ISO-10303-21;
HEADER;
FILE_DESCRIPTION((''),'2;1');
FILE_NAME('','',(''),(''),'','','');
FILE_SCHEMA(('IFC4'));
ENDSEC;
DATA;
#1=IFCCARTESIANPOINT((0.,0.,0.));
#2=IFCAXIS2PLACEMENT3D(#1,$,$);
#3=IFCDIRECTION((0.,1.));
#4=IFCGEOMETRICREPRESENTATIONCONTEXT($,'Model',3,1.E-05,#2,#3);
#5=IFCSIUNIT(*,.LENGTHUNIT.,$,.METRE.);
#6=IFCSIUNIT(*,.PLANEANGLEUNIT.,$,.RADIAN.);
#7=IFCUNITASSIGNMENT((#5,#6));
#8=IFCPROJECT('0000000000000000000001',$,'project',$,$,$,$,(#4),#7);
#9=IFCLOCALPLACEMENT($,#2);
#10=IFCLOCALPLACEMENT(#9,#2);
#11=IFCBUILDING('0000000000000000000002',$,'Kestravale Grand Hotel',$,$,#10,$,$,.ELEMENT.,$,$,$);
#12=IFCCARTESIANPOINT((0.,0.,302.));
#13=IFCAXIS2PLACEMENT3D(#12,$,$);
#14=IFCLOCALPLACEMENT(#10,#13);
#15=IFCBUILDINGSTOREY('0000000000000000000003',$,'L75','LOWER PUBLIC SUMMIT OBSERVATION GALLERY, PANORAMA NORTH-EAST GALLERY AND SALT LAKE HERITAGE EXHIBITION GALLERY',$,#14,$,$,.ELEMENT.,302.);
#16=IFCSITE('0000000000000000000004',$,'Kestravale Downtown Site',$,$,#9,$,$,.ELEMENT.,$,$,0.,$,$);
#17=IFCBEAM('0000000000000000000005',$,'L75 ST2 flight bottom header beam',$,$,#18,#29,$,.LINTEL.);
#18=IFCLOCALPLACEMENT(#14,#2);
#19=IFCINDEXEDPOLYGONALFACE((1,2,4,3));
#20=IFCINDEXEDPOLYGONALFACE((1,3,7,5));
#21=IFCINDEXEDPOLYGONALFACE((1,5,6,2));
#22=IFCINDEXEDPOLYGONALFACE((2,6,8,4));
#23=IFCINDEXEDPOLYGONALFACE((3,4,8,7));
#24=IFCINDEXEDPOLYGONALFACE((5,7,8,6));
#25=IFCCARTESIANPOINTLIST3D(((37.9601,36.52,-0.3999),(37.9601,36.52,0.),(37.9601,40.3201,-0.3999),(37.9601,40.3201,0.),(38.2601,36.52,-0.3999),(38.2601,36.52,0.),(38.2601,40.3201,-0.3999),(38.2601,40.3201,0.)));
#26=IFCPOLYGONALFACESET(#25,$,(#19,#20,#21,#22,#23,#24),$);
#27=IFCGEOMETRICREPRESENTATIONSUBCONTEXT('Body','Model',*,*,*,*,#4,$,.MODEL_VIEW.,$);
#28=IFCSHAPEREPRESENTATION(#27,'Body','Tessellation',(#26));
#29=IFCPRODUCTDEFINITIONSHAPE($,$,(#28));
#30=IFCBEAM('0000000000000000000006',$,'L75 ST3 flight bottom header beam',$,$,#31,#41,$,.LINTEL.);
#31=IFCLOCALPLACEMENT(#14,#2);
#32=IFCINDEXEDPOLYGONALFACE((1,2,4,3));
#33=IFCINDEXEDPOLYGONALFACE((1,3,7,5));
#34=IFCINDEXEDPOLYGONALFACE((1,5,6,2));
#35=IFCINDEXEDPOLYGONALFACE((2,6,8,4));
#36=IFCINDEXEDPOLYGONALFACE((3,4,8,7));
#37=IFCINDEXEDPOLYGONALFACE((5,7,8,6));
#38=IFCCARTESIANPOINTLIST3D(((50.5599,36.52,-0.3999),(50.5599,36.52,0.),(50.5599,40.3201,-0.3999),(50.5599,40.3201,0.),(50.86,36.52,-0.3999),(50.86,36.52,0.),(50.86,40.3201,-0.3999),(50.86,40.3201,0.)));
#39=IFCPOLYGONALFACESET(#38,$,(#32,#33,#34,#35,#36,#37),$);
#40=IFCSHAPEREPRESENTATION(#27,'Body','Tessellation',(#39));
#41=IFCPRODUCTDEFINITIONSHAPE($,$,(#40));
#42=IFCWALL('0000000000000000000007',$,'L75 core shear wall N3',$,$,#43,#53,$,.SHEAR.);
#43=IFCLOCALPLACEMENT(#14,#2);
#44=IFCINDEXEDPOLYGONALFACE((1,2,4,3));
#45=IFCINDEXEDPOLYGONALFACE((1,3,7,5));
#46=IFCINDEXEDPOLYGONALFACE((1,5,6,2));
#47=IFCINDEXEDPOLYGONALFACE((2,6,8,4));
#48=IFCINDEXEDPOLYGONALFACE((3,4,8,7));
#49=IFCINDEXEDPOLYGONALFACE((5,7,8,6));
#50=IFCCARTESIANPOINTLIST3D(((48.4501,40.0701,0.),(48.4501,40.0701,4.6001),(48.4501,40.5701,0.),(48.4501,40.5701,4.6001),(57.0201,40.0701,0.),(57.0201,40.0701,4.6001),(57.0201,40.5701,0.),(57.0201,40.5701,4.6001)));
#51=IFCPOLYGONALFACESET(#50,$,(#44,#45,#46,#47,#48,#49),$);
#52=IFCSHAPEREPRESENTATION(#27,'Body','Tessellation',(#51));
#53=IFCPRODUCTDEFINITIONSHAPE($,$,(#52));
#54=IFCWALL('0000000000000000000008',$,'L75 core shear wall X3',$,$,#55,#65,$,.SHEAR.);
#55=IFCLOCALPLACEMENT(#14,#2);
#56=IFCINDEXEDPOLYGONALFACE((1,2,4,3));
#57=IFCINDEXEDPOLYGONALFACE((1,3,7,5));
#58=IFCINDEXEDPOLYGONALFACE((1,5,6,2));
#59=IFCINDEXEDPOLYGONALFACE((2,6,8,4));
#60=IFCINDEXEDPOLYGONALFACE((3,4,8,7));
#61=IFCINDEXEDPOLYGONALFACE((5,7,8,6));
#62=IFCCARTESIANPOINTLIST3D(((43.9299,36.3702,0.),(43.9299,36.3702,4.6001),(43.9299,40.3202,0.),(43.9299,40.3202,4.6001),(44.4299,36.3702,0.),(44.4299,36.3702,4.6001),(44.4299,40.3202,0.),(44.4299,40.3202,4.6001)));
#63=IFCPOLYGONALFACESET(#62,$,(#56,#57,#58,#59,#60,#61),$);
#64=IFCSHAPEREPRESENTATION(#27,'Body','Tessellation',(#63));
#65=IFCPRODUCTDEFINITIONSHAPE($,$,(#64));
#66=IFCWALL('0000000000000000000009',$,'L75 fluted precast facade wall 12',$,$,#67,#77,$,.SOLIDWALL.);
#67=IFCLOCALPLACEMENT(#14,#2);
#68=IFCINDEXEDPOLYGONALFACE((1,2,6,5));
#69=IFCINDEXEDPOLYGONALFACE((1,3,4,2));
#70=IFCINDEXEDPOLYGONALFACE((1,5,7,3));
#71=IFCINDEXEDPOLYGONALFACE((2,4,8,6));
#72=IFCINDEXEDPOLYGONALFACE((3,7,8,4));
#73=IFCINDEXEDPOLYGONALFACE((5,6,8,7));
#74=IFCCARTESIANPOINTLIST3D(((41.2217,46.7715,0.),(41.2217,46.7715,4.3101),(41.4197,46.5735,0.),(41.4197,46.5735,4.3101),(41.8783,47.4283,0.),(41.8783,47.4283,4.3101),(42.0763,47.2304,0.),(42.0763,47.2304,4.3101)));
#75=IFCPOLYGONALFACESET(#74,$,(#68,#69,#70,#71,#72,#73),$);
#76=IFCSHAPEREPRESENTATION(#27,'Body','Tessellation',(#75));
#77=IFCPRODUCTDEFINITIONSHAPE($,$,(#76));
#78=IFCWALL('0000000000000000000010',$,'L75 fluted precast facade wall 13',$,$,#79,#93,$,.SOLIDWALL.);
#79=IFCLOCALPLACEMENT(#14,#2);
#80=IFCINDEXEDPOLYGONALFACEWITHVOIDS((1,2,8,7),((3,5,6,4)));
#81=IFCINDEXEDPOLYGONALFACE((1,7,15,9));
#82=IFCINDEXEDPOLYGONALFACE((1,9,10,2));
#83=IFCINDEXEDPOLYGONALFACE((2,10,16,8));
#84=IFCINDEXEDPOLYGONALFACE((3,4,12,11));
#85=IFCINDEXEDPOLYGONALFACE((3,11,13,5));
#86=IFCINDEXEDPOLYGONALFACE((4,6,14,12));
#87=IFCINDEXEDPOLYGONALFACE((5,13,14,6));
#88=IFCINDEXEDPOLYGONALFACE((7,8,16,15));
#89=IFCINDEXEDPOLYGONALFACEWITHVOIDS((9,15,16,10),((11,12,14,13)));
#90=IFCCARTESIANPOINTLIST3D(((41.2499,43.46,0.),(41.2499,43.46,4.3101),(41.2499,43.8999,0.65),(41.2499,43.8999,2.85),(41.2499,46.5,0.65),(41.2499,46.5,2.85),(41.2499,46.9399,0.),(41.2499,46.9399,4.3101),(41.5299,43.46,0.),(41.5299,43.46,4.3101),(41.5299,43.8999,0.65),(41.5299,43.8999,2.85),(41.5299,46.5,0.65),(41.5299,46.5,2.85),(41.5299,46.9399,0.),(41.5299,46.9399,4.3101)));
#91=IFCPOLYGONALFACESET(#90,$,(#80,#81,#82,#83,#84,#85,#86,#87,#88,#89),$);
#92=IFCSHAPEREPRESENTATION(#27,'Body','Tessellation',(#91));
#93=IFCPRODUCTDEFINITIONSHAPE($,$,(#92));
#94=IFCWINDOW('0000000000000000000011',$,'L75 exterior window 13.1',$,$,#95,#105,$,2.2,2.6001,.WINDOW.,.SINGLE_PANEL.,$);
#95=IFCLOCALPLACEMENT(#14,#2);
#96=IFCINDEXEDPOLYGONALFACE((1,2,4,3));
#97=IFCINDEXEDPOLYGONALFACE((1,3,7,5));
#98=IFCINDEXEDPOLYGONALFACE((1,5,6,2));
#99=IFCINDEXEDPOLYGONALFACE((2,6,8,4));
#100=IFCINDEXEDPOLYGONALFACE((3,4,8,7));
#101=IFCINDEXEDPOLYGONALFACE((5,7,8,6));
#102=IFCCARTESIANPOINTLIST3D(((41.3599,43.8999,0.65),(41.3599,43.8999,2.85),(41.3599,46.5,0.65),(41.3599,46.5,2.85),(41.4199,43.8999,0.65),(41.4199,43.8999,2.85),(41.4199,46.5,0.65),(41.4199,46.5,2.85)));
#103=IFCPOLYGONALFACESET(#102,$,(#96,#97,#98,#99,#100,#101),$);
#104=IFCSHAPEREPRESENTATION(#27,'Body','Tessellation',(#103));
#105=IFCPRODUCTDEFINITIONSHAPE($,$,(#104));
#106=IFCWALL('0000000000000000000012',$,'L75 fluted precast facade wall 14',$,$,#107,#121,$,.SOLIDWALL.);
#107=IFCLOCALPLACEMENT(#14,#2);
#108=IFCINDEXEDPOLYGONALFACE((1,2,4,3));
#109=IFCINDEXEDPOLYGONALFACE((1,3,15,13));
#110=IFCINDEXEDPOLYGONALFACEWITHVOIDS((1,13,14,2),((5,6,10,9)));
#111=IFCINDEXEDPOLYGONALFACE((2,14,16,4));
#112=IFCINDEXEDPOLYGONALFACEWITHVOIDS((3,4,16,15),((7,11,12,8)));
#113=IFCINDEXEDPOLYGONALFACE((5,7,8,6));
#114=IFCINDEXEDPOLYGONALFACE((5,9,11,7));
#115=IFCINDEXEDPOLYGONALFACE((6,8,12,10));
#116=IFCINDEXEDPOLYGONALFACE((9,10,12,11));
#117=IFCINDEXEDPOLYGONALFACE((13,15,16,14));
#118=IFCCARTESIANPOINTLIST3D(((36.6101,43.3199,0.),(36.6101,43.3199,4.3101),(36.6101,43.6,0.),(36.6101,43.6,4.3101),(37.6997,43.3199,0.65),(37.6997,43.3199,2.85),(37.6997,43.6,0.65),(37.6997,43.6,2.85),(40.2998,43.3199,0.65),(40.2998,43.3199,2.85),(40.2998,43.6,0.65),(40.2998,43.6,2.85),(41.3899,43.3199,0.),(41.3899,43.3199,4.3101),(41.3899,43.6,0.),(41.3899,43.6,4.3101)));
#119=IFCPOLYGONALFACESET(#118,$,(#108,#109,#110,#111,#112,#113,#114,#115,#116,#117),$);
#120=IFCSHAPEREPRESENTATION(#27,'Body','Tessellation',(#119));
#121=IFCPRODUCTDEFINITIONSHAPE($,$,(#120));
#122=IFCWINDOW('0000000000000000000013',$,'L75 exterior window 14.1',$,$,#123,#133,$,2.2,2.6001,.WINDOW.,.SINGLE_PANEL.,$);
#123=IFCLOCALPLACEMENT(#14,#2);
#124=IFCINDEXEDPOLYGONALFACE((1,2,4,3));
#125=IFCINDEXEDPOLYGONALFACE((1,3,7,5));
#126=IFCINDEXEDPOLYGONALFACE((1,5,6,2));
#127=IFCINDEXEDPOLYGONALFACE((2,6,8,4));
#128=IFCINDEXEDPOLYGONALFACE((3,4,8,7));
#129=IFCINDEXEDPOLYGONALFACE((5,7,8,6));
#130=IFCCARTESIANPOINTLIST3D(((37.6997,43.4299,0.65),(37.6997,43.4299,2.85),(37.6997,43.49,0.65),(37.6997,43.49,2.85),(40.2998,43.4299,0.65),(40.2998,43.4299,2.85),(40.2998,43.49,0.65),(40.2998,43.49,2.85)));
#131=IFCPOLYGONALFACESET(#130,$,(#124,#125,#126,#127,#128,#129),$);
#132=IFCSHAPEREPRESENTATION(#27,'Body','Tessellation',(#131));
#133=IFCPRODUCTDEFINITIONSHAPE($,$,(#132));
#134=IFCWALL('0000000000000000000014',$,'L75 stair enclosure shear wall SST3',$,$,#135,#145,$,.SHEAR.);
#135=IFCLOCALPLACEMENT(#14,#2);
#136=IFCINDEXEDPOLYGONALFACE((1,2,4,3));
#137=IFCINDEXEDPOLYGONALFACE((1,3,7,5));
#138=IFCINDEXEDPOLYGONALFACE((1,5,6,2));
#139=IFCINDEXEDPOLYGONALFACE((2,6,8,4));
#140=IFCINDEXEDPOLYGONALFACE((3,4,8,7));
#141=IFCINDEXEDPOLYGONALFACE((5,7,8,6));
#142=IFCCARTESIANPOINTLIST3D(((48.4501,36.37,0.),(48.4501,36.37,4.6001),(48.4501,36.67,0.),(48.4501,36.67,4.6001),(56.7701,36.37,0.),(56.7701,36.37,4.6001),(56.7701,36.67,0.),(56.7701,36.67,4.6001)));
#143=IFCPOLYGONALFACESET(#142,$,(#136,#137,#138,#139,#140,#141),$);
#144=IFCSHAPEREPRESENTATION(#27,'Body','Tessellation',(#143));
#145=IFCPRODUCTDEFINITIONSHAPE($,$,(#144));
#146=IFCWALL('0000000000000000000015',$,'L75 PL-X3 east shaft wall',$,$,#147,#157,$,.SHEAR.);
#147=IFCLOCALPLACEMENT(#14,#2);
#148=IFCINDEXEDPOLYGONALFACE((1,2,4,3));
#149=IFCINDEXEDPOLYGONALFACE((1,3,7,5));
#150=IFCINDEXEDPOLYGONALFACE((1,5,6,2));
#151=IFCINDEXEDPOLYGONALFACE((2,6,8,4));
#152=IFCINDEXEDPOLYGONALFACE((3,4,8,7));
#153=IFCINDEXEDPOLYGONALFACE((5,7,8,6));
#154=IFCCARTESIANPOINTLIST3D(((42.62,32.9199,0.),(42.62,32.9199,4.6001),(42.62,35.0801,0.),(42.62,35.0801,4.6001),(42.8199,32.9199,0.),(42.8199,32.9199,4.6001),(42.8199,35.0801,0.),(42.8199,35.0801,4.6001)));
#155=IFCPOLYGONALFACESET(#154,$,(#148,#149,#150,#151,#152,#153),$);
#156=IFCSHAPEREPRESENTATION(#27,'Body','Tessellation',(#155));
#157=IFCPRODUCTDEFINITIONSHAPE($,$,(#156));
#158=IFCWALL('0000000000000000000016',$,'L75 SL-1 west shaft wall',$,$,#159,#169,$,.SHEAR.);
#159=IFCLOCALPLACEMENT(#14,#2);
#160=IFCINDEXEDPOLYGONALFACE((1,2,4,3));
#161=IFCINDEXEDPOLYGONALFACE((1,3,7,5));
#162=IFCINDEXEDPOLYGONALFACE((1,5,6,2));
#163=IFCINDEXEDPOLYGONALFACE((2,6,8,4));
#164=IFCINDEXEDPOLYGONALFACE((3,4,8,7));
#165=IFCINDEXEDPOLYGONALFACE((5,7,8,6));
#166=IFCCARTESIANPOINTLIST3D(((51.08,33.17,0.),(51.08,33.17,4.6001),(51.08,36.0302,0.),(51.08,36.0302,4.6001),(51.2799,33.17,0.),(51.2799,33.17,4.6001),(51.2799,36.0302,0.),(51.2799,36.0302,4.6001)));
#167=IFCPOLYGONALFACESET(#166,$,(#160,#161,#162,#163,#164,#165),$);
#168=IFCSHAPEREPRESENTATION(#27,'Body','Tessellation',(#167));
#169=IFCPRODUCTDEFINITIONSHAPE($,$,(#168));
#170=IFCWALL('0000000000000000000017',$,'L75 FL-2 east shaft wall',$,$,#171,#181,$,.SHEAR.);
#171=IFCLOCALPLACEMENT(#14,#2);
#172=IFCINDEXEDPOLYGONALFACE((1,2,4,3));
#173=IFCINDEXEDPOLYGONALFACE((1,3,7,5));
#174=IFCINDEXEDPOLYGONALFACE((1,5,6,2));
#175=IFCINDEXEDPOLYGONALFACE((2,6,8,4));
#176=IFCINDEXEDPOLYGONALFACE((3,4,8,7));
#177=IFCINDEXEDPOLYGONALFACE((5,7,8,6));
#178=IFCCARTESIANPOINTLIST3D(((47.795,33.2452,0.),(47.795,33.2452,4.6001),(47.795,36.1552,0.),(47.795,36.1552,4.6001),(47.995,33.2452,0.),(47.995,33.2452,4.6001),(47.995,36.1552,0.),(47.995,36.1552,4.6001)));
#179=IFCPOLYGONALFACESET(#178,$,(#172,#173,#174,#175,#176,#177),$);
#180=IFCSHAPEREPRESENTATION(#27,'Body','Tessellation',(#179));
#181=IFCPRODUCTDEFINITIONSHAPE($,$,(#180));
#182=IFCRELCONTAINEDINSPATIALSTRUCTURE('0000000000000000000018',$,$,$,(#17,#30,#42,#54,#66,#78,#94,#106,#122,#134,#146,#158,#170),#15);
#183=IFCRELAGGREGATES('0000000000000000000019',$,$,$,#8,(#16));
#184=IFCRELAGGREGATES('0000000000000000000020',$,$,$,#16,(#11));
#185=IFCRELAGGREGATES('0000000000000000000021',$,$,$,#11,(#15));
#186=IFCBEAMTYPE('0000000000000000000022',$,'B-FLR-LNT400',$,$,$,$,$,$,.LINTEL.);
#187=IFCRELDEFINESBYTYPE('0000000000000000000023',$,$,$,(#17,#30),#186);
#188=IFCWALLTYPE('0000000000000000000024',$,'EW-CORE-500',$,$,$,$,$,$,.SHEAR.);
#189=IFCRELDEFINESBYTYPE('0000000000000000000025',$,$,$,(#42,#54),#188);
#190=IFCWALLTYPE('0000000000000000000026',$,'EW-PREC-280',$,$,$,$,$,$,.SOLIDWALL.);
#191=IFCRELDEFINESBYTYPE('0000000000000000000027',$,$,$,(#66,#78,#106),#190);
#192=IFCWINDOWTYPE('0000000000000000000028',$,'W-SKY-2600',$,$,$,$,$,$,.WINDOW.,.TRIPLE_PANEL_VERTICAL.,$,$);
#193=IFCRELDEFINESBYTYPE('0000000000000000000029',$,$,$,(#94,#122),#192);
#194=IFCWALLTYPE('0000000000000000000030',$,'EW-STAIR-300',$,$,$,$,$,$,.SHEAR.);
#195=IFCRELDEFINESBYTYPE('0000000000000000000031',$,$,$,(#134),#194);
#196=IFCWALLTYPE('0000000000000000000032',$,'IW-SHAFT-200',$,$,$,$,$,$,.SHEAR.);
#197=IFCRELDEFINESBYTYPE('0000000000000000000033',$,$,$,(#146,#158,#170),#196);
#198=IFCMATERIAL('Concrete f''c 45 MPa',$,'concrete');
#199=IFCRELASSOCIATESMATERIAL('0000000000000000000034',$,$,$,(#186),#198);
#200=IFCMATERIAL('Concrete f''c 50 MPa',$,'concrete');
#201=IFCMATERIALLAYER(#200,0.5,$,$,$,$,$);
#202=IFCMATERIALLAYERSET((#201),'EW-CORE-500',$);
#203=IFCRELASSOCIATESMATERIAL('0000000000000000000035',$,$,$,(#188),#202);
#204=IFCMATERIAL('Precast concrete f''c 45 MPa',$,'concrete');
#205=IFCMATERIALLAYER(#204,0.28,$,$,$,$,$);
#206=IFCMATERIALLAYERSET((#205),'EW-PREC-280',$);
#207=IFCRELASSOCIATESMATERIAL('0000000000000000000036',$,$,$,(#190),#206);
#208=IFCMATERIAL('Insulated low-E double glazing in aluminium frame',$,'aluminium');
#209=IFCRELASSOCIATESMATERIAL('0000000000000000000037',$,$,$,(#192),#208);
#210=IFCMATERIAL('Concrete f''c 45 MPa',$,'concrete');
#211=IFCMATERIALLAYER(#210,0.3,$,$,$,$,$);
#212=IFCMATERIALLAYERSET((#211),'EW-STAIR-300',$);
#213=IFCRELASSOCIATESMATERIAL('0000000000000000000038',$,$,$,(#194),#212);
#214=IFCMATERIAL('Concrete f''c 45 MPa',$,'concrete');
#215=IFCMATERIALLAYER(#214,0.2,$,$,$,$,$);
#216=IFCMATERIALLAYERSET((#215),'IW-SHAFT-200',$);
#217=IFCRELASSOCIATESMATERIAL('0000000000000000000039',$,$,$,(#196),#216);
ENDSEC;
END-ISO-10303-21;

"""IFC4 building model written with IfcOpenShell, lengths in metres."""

from ifc_helpers import new_model, si_unit, direction, frame, frame_2d, origin, origin_2d, place, context, subcontext, project, spatial, rectangle, extrude, material, layer, layer_set, material_profile, profile_set, type_object, element, fill, save


model = new_model("IFC4")

# Units and contexts
model_context = context("Model", 3, precision=1e-05, world=origin(), true_north=direction((0.0, 1.0)))
body_context = subcontext(model_context, "Body", "Model", "MODEL_VIEW")
ifc_project = project(units=[si_unit("LENGTHUNIT", "METRE"), si_unit("PLANEANGLEUNIT", "RADIAN")], contexts=[model_context])

# Site, building, storey
site_placement = place(None, origin())
site = spatial("IfcSite", under=ifc_project, at=site_placement, Name="Kestravale Downtown Site", CompositionType="ELEMENT", RefElevation=0.0)
building_placement = place(site_placement, origin())
building = spatial("IfcBuilding", under=site, at=building_placement, Name="Kestravale Grand Hotel", CompositionType="ELEMENT")
storey_placement = place(building_placement, frame((0.0, 0.0, 302.0)))
storey = spatial("IfcBuildingStorey", under=building, at=storey_placement, Name="L75", Description="LOWER PUBLIC SUMMIT OBSERVATION GALLERY, PANORAMA NORTH-EAST GALLERY AND SALT LAKE HERITAGE EXHIBITION GALLERY", CompositionType="ELEMENT", Elevation=302.0)

# Beams
ifc_material_1 = material(Name="Concrete f'c 45 MPa", Category="concrete")
ifc_material_profile = material_profile(ifc_material_1, rectangle(XDim=0.3, YDim=0.3999, at=origin_2d()))
ifc_profile_set = profile_set([ifc_material_profile], Name="Concrete f'c 45 MPa")
beam_type = type_object("IfcBeamType", Name="B-FLR-LNT400", PredefinedType="LINTEL", material=ifc_profile_set)
for number, where, z_axis, x_axis, name in (
    (1, (38.1101, 36.52, -0.2), (0.0, 1.0, 0.0), (-1.0, 0.0, 0.0), "L75 ST2 flight bottom header beam"),
    (2, (50.71, 36.52, -0.2), (0.0, 1.0, 0.0), (-1.0, 0.0, 0.0), "L75 ST3 flight bottom header beam"),
):
    element("IfcBeam", number, at=place(storey_placement, frame(where, z_axis=z_axis, x_axis=x_axis)), inside=storey, type_object=beam_type, Name=name, PredefinedType="LINTEL", context=body_context, shape_type="SweptSolid", body=[
        extrude(rectangle(XDim=0.3, YDim=0.3999, at=origin_2d()), origin(), (0.0, 0.0, 1.0), 3.8),
    ])

# Walls
ifc_material_2 = material(Name="Concrete f'c 50 MPa", Category="concrete")
ifc_layer_1 = layer(ifc_material_2, 0.5)
ifc_layer_set_1 = layer_set([ifc_layer_1], Name="EW-CORE-500")
wall_type_1 = type_object("IfcWallType", Name="EW-CORE-500", PredefinedType="SHEAR", material=ifc_layer_set_1)
wall_1_placement = place(storey_placement, frame((48.45, 40.3201, 0.0), z_axis=(0.0, 0.0, 1.0), x_axis=(1.0, 0.0, 0.0)))
element("IfcWall", 3, at=wall_1_placement, inside=storey, type_object=wall_type_1, Name="L75 core shear wall N3", PredefinedType="SHEAR", context=body_context, shape_type="SweptSolid", body=[
    extrude(rectangle(XDim=8.5701, YDim=0.5, at=frame_2d((4.2852, 0.0))), origin(), (0.0, 0.0, 1.0), 4.6001),
])
wall_2_placement = place(storey_placement, frame((44.1799, 36.3701, 0.0), z_axis=(0.0, 0.0, 1.0), x_axis=(0.0, 1.0, 0.0)))
element("IfcWall", 4, at=wall_2_placement, inside=storey, type_object=wall_type_1, Name="L75 core shear wall X3", PredefinedType="SHEAR", context=body_context, shape_type="SweptSolid", body=[
    extrude(rectangle(XDim=3.95, YDim=0.5, at=frame_2d((1.9751, 0.0))), origin(), (0.0, 0.0, 1.0), 4.6001),
])
ifc_material_3 = material(Name="Precast concrete f'c 45 MPa", Category="concrete")
ifc_layer_2 = layer(ifc_material_3, 0.28)
ifc_layer_set_2 = layer_set([ifc_layer_2], Name="EW-PREC-280")
wall_type_2 = type_object("IfcWallType", Name="EW-PREC-280", PredefinedType="SOLIDWALL", material=ifc_layer_set_2)
wall_3_placement = place(storey_placement, frame((41.9773, 47.3293, 0.0), z_axis=(0.0, 0.0, 1.0), x_axis=(-0.706975, -0.707238, 0.0)))
element("IfcWall", 5, at=wall_3_placement, inside=storey, type_object=wall_type_2, Name="L75 fluted precast facade wall 12", PredefinedType="SOLIDWALL", context=body_context, shape_type="SweptSolid", body=[
    extrude(rectangle(XDim=0.9287, YDim=0.28, at=frame_2d((0.4644, 0.0))), origin(), (0.0, 0.0, 1.0), 4.3101),
])

# Walls, openings, windows
wall_4_placement = place(storey_placement, frame((41.3899, 46.9399, 0.0), z_axis=(0.0, 0.0, 1.0), x_axis=(0.0, -1.0, 0.0)))
wall_4 = element("IfcWall", 6, at=wall_4_placement, inside=storey, type_object=wall_type_2, Name="L75 fluted precast facade wall 13", PredefinedType="SOLIDWALL", context=body_context, shape_type="SweptSolid", body=[
    extrude(rectangle(XDim=3.48, YDim=0.28, at=frame_2d((1.74, 0.0))), origin(), (0.0, 0.0, 1.0), 4.3101),
])
opening_1_placement = place(wall_4_placement, frame((0.4399, 0.0, 0.6499)))
opening_1 = element("IfcOpeningElement", 7, at=opening_1_placement, cuts=wall_4, PredefinedType="OPENING", context=body_context, shape_type="SweptSolid", body=[
    extrude(rectangle(XDim=2.6001, YDim=2.2, at=frame_2d((1.3, 1.1001))), frame((0.0, 0.1499, 0.0), z_axis=(0.0, -1.0, 0.0), x_axis=(1.0, 0.0, 0.0)), (0.0, 0.0, 1.0), 0.3),
])
ifc_material_4 = material(Name="Insulated low-E double glazing in aluminium frame", Category="aluminium")
window_type = type_object("IfcWindowType", Name="W-SKY-2600", PartitioningType="TRIPLE_PANEL_VERTICAL", PredefinedType="WINDOW", material=ifc_material_4)
window_1_placement = place(opening_1_placement, origin())
window_1 = element("IfcWindow", 8, at=window_1_placement, inside=storey, type_object=window_type, Name="L75 exterior window 13.1", OverallHeight=2.2, OverallWidth=2.6001, PartitioningType="SINGLE_PANEL", PredefinedType="WINDOW", context=body_context, shape_type="SweptSolid", body=[
    extrude(rectangle(XDim=2.6001, YDim=2.2, at=frame_2d((1.3, 1.1001))), frame((0.0, 0.03, 0.0), z_axis=(0.0, -1.0, 0.0), x_axis=(1.0, 0.0, 0.0)), (0.0, 0.0, 1.0), 0.0601),
])
fill(opening_1, window_1)
wall_5_placement = place(storey_placement, frame((41.3899, 43.46, 0.0), z_axis=(0.0, 0.0, 1.0), x_axis=(-1.0, 0.0, 0.0)))
wall_5 = element("IfcWall", 9, at=wall_5_placement, inside=storey, type_object=wall_type_2, Name="L75 fluted precast facade wall 14", PredefinedType="SOLIDWALL", context=body_context, shape_type="SweptSolid", body=[
    extrude(rectangle(XDim=4.7798, YDim=0.28, at=frame_2d((2.3899, 0.0))), origin(), (0.0, 0.0, 1.0), 4.3101),
])
opening_2_placement = place(wall_5_placement, frame((1.0901, 0.0, 0.6499)))
opening_2 = element("IfcOpeningElement", 10, at=opening_2_placement, cuts=wall_5, PredefinedType="OPENING", context=body_context, shape_type="SweptSolid", body=[
    extrude(rectangle(XDim=2.6001, YDim=2.2, at=frame_2d((1.3, 1.1001))), frame((0.0, 0.1499, 0.0), z_axis=(0.0, -1.0, 0.0), x_axis=(1.0, 0.0, 0.0)), (0.0, 0.0, 1.0), 0.3),
])
window_2_placement = place(opening_2_placement, origin())
window_2 = element("IfcWindow", 11, at=window_2_placement, inside=storey, type_object=window_type, Name="L75 exterior window 14.1", OverallHeight=2.2, OverallWidth=2.6001, PartitioningType="SINGLE_PANEL", PredefinedType="WINDOW", context=body_context, shape_type="SweptSolid", body=[
    extrude(rectangle(XDim=2.6001, YDim=2.2, at=frame_2d((1.3, 1.1001))), frame((0.0, 0.03, 0.0), z_axis=(0.0, -1.0, 0.0), x_axis=(1.0, 0.0, 0.0)), (0.0, 0.0, 1.0), 0.0601),
])
fill(opening_2, window_2)

# Wall
ifc_material_5 = material(Name="Concrete f'c 45 MPa", Category="concrete")
ifc_layer_3 = layer(ifc_material_5, 0.3)
ifc_layer_set_3 = layer_set([ifc_layer_3], Name="EW-STAIR-300")
wall_type_3 = type_object("IfcWallType", Name="EW-STAIR-300", PredefinedType="SHEAR", material=ifc_layer_set_3)
wall_6_placement = place(storey_placement, frame((48.45, 36.52, 0.0), z_axis=(0.0, 0.0, 1.0), x_axis=(1.0, 0.0, 0.0)))
element("IfcWall", 12, at=wall_6_placement, inside=storey, type_object=wall_type_3, Name="L75 stair enclosure shear wall SST3", PredefinedType="SHEAR", context=body_context, shape_type="SweptSolid", body=[
    extrude(rectangle(XDim=8.3201, YDim=0.3, at=frame_2d((4.1602, 0.0))), origin(), (0.0, 0.0, 1.0), 4.6001),
])

# Walls
ifc_material_6 = material(Name="Concrete f'c 45 MPa", Category="concrete")
ifc_layer_4 = layer(ifc_material_6, 0.2)
ifc_layer_set_4 = layer_set([ifc_layer_4], Name="IW-SHAFT-200")
wall_type_4 = type_object("IfcWallType", Name="IW-SHAFT-200", PredefinedType="SHEAR", material=ifc_layer_set_4)
wall_7_placement = place(storey_placement, frame((42.72, 32.9199, 0.0), z_axis=(0.0, 0.0, 1.0), x_axis=(0.0, 1.0, 0.0)))
element("IfcWall", 13, at=wall_7_placement, inside=storey, type_object=wall_type_4, Name="L75 PL-X3 east shaft wall", PredefinedType="SHEAR", context=body_context, shape_type="SweptSolid", body=[
    extrude(rectangle(XDim=2.1602, YDim=0.2, at=frame_2d((1.0801, 0.0))), origin(), (0.0, 0.0, 1.0), 4.6001),
])
wall_8_placement = place(storey_placement, frame((51.1799, 33.1699, 0.0), z_axis=(0.0, 0.0, 1.0), x_axis=(0.0, 1.0, 0.0)))
element("IfcWall", 14, at=wall_8_placement, inside=storey, type_object=wall_type_4, Name="L75 SL-1 west shaft wall", PredefinedType="SHEAR", context=body_context, shape_type="SweptSolid", body=[
    extrude(rectangle(XDim=2.8601, YDim=0.2, at=frame_2d((1.4302, 0.0))), origin(), (0.0, 0.0, 1.0), 4.6001),
])
wall_9_placement = place(storey_placement, frame((47.895, 33.2451, 0.0), z_axis=(0.0, 0.0, 1.0), x_axis=(0.0, 1.0, 0.0)))
element("IfcWall", 15, at=wall_9_placement, inside=storey, type_object=wall_type_4, Name="L75 FL-2 east shaft wall", PredefinedType="SHEAR", context=body_context, shape_type="SweptSolid", body=[
    extrude(rectangle(XDim=2.9099, YDim=0.2, at=frame_2d((1.4551, 0.0))), origin(), (0.0, 0.0, 1.0), 4.6001),
])

save(model, "model.ifc")
